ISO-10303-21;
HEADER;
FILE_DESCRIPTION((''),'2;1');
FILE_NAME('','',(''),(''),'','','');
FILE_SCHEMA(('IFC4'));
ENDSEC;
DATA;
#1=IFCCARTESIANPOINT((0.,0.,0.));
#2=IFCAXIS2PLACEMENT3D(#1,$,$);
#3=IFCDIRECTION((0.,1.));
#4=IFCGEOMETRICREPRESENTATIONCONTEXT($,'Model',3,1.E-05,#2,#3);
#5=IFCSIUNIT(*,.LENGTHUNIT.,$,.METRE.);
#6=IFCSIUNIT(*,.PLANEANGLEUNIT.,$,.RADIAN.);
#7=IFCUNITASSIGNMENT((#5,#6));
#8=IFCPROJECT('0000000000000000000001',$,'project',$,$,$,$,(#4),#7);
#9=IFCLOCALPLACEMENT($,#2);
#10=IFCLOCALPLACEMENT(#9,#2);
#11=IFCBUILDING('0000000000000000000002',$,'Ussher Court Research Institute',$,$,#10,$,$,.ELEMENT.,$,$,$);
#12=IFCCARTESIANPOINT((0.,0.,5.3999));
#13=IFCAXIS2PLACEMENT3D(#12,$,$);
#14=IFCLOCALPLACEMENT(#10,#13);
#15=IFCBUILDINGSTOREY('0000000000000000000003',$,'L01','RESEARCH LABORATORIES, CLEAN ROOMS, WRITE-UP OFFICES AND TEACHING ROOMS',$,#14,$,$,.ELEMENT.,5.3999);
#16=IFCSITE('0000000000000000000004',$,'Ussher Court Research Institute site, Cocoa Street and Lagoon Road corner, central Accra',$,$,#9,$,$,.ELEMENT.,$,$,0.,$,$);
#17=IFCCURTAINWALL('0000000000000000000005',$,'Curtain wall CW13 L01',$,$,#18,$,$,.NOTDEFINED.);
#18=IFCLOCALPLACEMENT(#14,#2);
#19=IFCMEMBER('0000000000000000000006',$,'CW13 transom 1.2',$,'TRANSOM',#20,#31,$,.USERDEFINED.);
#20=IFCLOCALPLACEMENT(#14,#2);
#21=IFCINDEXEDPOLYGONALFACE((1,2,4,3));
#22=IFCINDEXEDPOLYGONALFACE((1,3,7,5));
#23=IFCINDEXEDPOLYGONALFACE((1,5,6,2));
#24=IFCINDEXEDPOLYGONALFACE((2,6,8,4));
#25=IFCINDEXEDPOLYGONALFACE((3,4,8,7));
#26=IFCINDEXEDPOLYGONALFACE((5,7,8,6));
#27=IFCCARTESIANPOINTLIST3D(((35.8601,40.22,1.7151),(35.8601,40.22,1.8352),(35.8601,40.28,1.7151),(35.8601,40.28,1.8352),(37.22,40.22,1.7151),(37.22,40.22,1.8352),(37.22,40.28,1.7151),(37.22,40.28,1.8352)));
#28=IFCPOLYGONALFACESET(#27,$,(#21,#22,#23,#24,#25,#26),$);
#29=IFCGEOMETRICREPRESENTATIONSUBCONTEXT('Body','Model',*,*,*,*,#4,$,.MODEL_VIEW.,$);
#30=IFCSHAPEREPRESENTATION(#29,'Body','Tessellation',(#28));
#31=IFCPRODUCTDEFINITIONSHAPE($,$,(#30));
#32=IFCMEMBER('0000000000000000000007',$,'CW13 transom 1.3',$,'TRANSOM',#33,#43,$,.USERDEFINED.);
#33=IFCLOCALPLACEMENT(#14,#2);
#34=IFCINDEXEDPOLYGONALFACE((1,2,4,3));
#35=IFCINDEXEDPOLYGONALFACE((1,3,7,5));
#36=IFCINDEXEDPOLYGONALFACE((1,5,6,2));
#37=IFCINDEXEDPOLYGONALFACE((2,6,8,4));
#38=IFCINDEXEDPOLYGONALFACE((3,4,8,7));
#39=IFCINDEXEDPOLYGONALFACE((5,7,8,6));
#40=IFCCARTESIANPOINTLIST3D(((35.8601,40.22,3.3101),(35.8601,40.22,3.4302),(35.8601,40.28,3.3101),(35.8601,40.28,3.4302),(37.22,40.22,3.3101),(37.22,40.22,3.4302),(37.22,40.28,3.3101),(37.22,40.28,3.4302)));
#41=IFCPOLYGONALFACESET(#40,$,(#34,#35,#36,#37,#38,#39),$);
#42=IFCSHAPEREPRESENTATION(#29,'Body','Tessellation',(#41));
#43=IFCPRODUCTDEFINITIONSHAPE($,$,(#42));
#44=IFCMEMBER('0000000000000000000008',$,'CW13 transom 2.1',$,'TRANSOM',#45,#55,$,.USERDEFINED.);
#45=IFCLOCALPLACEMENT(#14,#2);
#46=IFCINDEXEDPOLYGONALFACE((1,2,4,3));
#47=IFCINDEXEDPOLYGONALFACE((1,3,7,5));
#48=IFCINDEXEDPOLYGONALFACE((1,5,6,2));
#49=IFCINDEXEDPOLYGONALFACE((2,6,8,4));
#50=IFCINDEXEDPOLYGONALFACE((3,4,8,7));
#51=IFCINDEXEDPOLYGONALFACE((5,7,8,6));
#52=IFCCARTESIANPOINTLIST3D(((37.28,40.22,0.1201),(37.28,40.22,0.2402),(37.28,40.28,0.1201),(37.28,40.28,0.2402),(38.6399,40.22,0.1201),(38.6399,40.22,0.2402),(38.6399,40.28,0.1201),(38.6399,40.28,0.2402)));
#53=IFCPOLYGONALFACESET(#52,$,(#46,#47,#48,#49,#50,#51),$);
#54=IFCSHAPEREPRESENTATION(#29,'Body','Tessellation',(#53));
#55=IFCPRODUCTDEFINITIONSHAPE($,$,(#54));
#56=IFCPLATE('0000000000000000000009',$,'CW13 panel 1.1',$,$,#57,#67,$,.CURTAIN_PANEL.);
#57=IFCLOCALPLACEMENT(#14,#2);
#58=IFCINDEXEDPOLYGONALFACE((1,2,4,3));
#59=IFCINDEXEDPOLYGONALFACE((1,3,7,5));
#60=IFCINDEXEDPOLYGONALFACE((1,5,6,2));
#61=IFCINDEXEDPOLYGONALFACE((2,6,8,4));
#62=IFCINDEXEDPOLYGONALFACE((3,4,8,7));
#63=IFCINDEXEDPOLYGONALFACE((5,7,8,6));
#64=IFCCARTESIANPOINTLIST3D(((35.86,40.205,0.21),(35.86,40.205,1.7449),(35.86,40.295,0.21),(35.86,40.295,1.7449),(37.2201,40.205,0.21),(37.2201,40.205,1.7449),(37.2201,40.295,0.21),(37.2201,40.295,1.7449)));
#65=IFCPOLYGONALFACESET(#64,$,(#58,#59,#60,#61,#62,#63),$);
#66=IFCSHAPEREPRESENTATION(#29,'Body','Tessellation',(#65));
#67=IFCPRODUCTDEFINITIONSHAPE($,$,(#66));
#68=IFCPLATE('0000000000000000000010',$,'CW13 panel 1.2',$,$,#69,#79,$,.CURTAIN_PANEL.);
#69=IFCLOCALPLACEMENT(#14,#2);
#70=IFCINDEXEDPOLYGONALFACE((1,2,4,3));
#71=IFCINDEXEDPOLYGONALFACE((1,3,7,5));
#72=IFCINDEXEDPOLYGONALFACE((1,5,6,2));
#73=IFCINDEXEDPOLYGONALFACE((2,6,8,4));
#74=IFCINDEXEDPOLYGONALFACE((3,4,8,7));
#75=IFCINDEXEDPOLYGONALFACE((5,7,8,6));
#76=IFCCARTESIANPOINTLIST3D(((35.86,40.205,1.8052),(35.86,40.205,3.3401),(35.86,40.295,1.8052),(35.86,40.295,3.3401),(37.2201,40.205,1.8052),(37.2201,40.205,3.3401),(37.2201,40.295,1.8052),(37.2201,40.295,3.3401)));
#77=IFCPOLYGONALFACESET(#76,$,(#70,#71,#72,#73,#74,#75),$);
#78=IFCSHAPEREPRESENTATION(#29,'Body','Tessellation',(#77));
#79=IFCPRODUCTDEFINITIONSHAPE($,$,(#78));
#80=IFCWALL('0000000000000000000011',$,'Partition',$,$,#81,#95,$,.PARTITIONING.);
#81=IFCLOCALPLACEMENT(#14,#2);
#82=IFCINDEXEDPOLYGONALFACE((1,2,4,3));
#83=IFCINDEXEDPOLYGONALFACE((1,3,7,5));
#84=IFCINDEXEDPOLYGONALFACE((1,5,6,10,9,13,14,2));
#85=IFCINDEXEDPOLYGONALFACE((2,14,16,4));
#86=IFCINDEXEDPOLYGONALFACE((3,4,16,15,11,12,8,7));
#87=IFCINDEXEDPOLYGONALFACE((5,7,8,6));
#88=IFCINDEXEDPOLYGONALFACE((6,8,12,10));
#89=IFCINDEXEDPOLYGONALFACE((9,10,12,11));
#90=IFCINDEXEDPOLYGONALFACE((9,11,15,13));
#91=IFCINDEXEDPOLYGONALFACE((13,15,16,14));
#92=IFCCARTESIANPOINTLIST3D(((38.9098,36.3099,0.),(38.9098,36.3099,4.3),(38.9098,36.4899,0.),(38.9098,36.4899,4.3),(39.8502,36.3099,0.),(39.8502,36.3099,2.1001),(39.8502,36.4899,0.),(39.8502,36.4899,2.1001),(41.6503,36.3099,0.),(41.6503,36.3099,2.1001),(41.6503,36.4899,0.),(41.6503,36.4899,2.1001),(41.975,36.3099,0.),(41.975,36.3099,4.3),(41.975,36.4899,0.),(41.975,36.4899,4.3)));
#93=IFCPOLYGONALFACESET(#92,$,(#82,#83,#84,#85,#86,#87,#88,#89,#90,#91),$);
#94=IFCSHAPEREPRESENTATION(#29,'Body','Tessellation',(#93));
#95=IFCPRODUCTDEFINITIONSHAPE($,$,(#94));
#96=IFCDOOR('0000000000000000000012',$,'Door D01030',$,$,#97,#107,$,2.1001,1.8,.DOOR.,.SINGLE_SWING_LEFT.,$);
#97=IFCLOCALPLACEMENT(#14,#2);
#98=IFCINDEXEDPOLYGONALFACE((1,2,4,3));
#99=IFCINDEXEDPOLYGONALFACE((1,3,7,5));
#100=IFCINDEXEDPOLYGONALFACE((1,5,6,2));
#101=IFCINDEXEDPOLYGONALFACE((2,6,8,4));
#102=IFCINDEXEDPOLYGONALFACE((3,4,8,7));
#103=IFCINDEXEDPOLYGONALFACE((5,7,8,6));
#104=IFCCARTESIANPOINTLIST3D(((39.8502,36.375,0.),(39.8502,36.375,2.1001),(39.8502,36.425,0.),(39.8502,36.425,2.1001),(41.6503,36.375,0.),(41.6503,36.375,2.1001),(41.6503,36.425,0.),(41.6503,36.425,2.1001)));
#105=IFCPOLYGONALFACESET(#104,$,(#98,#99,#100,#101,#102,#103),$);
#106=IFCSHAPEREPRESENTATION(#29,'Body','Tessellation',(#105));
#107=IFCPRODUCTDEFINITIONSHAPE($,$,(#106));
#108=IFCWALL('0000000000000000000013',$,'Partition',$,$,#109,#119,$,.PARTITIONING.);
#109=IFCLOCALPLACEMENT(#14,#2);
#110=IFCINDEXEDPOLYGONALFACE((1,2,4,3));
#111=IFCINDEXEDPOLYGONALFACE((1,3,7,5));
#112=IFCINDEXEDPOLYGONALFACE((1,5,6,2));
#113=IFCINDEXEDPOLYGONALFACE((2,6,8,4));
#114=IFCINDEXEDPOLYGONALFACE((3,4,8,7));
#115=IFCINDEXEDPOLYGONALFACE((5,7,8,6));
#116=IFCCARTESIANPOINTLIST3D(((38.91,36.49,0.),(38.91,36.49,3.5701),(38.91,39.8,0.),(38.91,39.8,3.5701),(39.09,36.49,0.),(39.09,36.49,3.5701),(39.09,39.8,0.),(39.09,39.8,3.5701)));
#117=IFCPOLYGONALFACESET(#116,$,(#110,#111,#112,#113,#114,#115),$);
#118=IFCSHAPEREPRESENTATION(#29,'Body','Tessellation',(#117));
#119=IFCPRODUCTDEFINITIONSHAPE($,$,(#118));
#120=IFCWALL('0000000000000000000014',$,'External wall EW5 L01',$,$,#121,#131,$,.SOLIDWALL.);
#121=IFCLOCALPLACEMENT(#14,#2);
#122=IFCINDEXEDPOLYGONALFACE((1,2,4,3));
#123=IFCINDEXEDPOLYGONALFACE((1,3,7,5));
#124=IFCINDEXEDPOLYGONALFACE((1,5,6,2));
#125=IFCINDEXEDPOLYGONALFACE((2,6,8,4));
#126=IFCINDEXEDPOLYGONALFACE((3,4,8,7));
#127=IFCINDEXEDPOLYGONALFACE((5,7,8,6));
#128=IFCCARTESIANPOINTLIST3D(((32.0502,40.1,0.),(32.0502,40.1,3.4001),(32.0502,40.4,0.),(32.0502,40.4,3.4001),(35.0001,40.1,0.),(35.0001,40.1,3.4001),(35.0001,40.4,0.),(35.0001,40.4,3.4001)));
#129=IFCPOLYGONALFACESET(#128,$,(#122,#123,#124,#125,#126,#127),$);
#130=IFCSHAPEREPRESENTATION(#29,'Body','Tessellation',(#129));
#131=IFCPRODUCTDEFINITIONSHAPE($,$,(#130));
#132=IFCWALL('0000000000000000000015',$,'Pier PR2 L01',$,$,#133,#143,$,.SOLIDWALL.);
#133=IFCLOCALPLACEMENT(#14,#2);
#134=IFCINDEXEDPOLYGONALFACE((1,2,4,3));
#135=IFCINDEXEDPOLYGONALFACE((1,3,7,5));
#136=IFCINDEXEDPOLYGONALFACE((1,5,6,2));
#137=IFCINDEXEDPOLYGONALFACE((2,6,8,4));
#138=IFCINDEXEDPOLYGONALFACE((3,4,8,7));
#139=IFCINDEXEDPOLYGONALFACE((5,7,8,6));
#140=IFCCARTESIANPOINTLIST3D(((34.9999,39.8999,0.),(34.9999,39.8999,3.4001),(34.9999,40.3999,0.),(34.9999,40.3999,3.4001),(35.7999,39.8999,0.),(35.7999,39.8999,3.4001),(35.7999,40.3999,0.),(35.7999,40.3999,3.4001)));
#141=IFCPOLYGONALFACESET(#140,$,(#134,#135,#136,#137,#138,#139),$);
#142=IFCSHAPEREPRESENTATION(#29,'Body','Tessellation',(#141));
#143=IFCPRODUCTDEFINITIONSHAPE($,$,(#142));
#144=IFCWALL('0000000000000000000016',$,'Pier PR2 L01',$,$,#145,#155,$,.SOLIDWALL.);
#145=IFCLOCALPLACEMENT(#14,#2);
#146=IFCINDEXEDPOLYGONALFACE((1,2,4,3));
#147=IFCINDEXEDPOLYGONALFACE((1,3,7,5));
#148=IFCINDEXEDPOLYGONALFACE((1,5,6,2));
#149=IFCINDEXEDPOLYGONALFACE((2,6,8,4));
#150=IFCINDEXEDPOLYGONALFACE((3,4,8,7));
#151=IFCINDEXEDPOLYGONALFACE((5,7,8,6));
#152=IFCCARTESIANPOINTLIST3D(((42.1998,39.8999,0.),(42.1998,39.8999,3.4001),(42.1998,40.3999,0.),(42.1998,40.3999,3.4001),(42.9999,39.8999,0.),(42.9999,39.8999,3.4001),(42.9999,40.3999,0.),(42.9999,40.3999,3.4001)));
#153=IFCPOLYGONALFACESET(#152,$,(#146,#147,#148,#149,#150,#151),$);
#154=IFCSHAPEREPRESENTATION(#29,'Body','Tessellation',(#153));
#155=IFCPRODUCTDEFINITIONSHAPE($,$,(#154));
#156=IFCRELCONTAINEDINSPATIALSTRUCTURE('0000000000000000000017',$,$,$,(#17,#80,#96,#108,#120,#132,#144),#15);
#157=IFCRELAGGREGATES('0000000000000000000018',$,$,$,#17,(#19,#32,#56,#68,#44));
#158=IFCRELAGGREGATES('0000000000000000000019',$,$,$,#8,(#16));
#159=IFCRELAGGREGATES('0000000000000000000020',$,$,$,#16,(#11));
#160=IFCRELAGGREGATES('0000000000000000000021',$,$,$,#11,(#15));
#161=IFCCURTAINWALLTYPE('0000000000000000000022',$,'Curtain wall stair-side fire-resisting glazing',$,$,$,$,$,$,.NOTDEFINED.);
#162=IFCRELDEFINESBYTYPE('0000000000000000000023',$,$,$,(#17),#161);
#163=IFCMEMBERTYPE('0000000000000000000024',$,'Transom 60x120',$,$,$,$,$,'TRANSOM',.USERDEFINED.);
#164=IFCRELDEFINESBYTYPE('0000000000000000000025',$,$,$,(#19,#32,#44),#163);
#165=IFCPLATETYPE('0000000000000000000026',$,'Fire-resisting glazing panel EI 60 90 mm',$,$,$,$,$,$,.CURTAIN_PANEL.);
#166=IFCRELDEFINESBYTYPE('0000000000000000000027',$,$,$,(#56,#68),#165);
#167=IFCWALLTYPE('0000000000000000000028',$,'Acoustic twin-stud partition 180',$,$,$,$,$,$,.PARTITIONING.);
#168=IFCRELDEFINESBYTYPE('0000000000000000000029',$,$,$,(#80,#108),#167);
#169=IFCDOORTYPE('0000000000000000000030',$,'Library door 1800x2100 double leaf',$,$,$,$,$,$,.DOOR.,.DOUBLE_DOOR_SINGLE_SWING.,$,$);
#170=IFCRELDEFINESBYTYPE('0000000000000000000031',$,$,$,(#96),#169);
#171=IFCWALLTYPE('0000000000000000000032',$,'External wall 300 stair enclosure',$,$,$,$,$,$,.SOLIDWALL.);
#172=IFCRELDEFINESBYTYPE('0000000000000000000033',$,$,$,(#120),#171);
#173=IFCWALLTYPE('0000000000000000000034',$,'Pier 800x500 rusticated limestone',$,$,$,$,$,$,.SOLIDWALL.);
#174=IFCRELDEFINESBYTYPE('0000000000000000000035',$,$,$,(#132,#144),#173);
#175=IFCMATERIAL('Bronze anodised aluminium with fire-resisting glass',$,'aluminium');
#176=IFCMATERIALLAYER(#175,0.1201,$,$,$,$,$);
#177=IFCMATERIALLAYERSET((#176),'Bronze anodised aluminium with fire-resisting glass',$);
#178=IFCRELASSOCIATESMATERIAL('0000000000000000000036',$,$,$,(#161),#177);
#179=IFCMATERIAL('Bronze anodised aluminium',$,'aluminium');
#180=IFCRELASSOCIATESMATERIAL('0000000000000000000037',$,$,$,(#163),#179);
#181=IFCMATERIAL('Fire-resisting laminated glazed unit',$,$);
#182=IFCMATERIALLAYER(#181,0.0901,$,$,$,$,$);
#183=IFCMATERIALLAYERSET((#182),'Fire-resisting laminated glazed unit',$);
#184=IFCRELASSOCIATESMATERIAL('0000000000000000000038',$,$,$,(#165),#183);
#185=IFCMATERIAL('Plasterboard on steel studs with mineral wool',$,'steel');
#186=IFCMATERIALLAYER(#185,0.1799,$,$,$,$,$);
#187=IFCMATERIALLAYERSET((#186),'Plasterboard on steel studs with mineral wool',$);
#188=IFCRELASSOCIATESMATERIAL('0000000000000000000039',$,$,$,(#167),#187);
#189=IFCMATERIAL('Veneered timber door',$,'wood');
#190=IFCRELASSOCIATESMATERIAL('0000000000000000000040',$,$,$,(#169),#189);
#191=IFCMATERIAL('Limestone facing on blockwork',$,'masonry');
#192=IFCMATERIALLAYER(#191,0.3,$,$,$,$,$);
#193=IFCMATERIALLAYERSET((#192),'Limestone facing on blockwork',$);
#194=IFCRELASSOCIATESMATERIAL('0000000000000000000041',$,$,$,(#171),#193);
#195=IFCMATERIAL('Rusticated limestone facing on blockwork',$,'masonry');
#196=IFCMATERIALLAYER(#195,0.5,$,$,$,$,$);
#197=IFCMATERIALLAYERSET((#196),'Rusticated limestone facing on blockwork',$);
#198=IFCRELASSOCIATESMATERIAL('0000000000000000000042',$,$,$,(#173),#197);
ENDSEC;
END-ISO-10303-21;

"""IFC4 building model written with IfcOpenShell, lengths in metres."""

from ifc_helpers import new_model, si_unit, direction, frame, frame_2d, origin, origin_2d, place, context, subcontext, project, spatial, rectangle, extrude, material, layer, layer_set, material_profile, profile_set, type_object, element, fill, aggregate, save


model = new_model("IFC4")

# Units and contexts
model_context = context("Model", 3, precision=1e-05, world=origin(), true_north=direction((0.0, 1.0)))
body_context = subcontext(model_context, "Body", "Model", "MODEL_VIEW")
ifc_project = project(units=[si_unit("LENGTHUNIT", "METRE"), si_unit("PLANEANGLEUNIT", "RADIAN")], contexts=[model_context])

# Site, building, storey
site_placement = place(None, origin())
site = spatial("IfcSite", under=ifc_project, at=site_placement, Name="Ussher Court Research Institute site, Cocoa Street and Lagoon Road corner, central Accra", CompositionType="ELEMENT", RefElevation=0.0)
building_placement = place(site_placement, origin())
building = spatial("IfcBuilding", under=site, at=building_placement, Name="Ussher Court Research Institute", CompositionType="ELEMENT")
storey_placement = place(building_placement, frame((0.0, 0.0, 5.3999)))
storey = spatial("IfcBuildingStorey", under=building, at=storey_placement, Name="L01", Description="RESEARCH LABORATORIES, CLEAN ROOMS, WRITE-UP OFFICES AND TEACHING ROOMS", CompositionType="ELEMENT", Elevation=5.3999)

# Curtain wall
ifc_material_1 = material(Name="Bronze anodised aluminium with fire-resisting glass", Category="aluminium")
ifc_layer_1 = layer(ifc_material_1, 0.1201)
ifc_layer_set_1 = layer_set([ifc_layer_1], Name="Bronze anodised aluminium with fire-resisting glass")
curtain_wall_type = type_object("IfcCurtainWallType", Name="Curtain wall stair-side fire-resisting glazing", PredefinedType="NOTDEFINED", material=ifc_layer_set_1)
curtain_wall_placement = place(storey_placement, origin())
curtain_wall = element("IfcCurtainWall", 1, at=curtain_wall_placement, inside=storey, type_object=curtain_wall_type, Name="Curtain wall CW13 L01", PredefinedType="NOTDEFINED")

# Members
ifc_material_2 = material(Name="Bronze anodised aluminium", Category="aluminium")
ifc_material_profile_1 = material_profile(ifc_material_2, rectangle(XDim=0.0601, YDim=0.1201, at=origin_2d()), Name="Transom 60x120")
ifc_profile_set_1 = profile_set([ifc_material_profile_1], Name="Bronze anodised aluminium")
member_type_1 = type_object("IfcMemberType", Name="Transom 60x120", ElementType="TRANSOM", PredefinedType="USERDEFINED", material=ifc_profile_set_1)
member_1_placement = place(storey_placement, frame((35.8601, 40.25, 1.7751), z_axis=(1.0, 0.0, 0.0), x_axis=(0.0, 1.0, 0.0)))
member_1 = element("IfcMember", 2, at=member_1_placement, type_object=member_type_1, Name="CW13 transom 1.2", ObjectType="TRANSOM", PredefinedType="USERDEFINED", context=body_context, shape_type="SweptSolid", body=[
    extrude(rectangle(XDim=0.0601, YDim=0.1201, at=origin_2d()), origin(), (0.0, 0.0, 1.0), 1.3599),
])
member_2_placement = place(storey_placement, frame((35.8601, 40.25, 3.3701), z_axis=(1.0, 0.0, 0.0), x_axis=(0.0, 1.0, 0.0)))
member_2 = element("IfcMember", 3, at=member_2_placement, type_object=member_type_1, Name="CW13 transom 1.3", ObjectType="TRANSOM", PredefinedType="USERDEFINED", context=body_context, shape_type="SweptSolid", body=[
    extrude(rectangle(XDim=0.0601, YDim=0.1201, at=origin_2d()), origin(), (0.0, 0.0, 1.0), 1.3599),
])
member_3_placement = place(storey_placement, frame((37.28, 40.25, 0.1802), z_axis=(1.0, 0.0, 0.0), x_axis=(0.0, 1.0, 0.0)))
member_3 = element("IfcMember", 4, at=member_3_placement, type_object=member_type_1, Name="CW13 transom 2.1", ObjectType="TRANSOM", PredefinedType="USERDEFINED", context=body_context, shape_type="SweptSolid", body=[
    extrude(rectangle(XDim=0.0601, YDim=0.1201, at=origin_2d()), origin(), (0.0, 0.0, 1.0), 1.3599),
])

# Plates
ifc_material_3 = material(Name="Fire-resisting laminated glazed unit")
ifc_layer_2 = layer(ifc_material_3, 0.0901)
ifc_layer_set_2 = layer_set([ifc_layer_2], Name="Fire-resisting laminated glazed unit")
plate_type = type_object("IfcPlateType", Name="Fire-resisting glazing panel EI 60 90 mm", PredefinedType="CURTAIN_PANEL", material=ifc_layer_set_2)
plate_1_placement = place(storey_placement, frame((36.54, 40.25, 0.21), z_axis=(0.0, 0.0, 1.0), x_axis=(1.0, 0.0, 0.0)))
plate_1 = element("IfcPlate", 5, at=plate_1_placement, type_object=plate_type, Name="CW13 panel 1.1", PredefinedType="CURTAIN_PANEL", context=body_context, shape_type="SweptSolid", body=[
    extrude(rectangle(XDim=1.3601, YDim=0.0901, at=origin_2d()), origin(), (0.0, 0.0, 1.0), 1.5349),
])
plate_2_placement = place(storey_placement, frame((36.54, 40.25, 1.8052), z_axis=(0.0, 0.0, 1.0), x_axis=(1.0, 0.0, 0.0)))
plate_2 = element("IfcPlate", 6, at=plate_2_placement, type_object=plate_type, Name="CW13 panel 1.2", PredefinedType="CURTAIN_PANEL", context=body_context, shape_type="SweptSolid", body=[
    extrude(rectangle(XDim=1.3601, YDim=0.0901, at=origin_2d()), origin(), (0.0, 0.0, 1.0), 1.5349),
])
aggregate(curtain_wall, [member_1, member_2, plate_1, plate_2, member_3])

# Wall, opening, door
ifc_material_4 = material(Name="Plasterboard on steel studs with mineral wool", Category="steel")
ifc_layer_3 = layer(ifc_material_4, 0.1799)
ifc_layer_set_3 = layer_set([ifc_layer_3], Name="Plasterboard on steel studs with mineral wool")
wall_type_1 = type_object("IfcWallType", Name="Acoustic twin-stud partition 180", PredefinedType="PARTITIONING", material=ifc_layer_set_3)
wall_1_placement = place(storey_placement, frame((41.9751, 36.3999, 0.0), z_axis=(0.0, 0.0, 1.0), x_axis=(-1.0, 0.0, 0.0)))
wall_1 = element("IfcWall", 7, at=wall_1_placement, inside=storey, type_object=wall_type_1, Name="Partition", PredefinedType="PARTITIONING", context=body_context, shape_type="SweptSolid", body=[
    extrude(rectangle(XDim=3.0652, YDim=0.1799, at=frame_2d((1.5327, 0.0))), origin(), (0.0, 0.0, 1.0), 4.3),
])
opening_1_placement = place(wall_1_placement, frame((0.325, 0.0, 0.0)))
opening_1 = element("IfcOpeningElement", 8, at=opening_1_placement, cuts=wall_1, PredefinedType="OPENING", context=body_context, shape_type="SweptSolid", body=[
    extrude(rectangle(XDim=1.8, YDim=2.1001, at=frame_2d((0.8999, 1.05))), frame((0.0, 0.1001, 0.0), z_axis=(0.0, -1.0, 0.0), x_axis=(1.0, 0.0, 0.0)), (0.0, 0.0, 1.0), 0.2),
])
ifc_material_5 = material(Name="Veneered timber door", Category="wood")
door_type_1 = type_object("IfcDoorType", Name="Library door 1800x2100 double leaf", OperationType="DOUBLE_DOOR_SINGLE_SWING", PredefinedType="DOOR", material=ifc_material_5)
door_1_placement = place(opening_1_placement, origin())
door_1 = element("IfcDoor", 9, at=door_1_placement, inside=storey, type_object=door_type_1, Name="Door D01030", OperationType="SINGLE_SWING_LEFT", OverallHeight=2.1001, OverallWidth=1.8, PredefinedType="DOOR", context=body_context, shape_type="SweptSolid", body=[
    extrude(rectangle(XDim=1.8, YDim=2.1001, at=frame_2d((0.8999, 1.05))), frame((0.0, 0.0249, 0.0), z_axis=(0.0, -1.0, 0.0), x_axis=(1.0, 0.0, 0.0)), (0.0, 0.0, 1.0), 0.05),
])
fill(opening_1, door_1)

# Walls
wall_2_placement = place(storey_placement, frame((39.0, 36.49, 0.0), z_axis=(0.0, 0.0, 1.0), x_axis=(0.0, 1.0, 0.0)))
element("IfcWall", 10, at=wall_2_placement, inside=storey, type_object=wall_type_1, Name="Partition", PredefinedType="PARTITIONING", context=body_context, shape_type="SweptSolid", body=[
    extrude(rectangle(XDim=3.3101, YDim=0.1799, at=frame_2d((1.655, 0.0))), origin(), (0.0, 0.0, 1.0), 3.5701),
])
ifc_material_6 = material(Name="Limestone facing on blockwork", Category="masonry")
ifc_layer_4 = layer(ifc_material_6, 0.3)
ifc_layer_set_4 = layer_set([ifc_layer_4], Name="Limestone facing on blockwork")
wall_type_2 = type_object("IfcWallType", Name="External wall 300 stair enclosure", PredefinedType="SOLIDWALL", material=ifc_layer_set_4)
wall_3_placement = place(storey_placement, frame((32.05, 40.25, 0.0), z_axis=(0.0, 0.0, 1.0), x_axis=(1.0, 0.0, 0.0)))
element("IfcWall", 11, at=wall_3_placement, inside=storey, type_object=wall_type_2, Name="External wall EW5 L01", PredefinedType="SOLIDWALL", context=body_context, shape_type="SweptSolid", body=[
    extrude(rectangle(XDim=2.95, YDim=0.3, at=frame_2d((1.4751, 0.0))), origin(), (0.0, 0.0, 1.0), 3.4001),
])
ifc_material_7 = material(Name="Rusticated limestone facing on blockwork", Category="masonry")
ifc_layer_5 = layer(ifc_material_7, 0.5)
ifc_layer_set_5 = layer_set([ifc_layer_5], Name="Rusticated limestone facing on blockwork")
wall_type_3 = type_object("IfcWallType", Name="Pier 800x500 rusticated limestone", PredefinedType="SOLIDWALL", material=ifc_layer_set_5)
for number, where, z_axis, x_axis, name in (
    (12, (35.0, 40.1499, 0.0), (0.0, 0.0, 1.0), (1.0, 0.0, 0.0), "Pier PR2 L01"),
    (13, (42.2, 40.1499, 0.0), (0.0, 0.0, 1.0), (1.0, 0.0, 0.0), "Pier PR2 L01"),
):
    element("IfcWall", number, at=place(storey_placement, frame(where, z_axis=z_axis, x_axis=x_axis)), inside=storey, type_object=wall_type_3, Name=name, PredefinedType="SOLIDWALL", context=body_context, shape_type="SweptSolid", body=[
        extrude(rectangle(XDim=0.8, YDim=0.5, at=frame_2d((0.3999, 0.0))), origin(), (0.0, 0.0, 1.0), 3.4001),
    ])

save(model, "model.ifc")
